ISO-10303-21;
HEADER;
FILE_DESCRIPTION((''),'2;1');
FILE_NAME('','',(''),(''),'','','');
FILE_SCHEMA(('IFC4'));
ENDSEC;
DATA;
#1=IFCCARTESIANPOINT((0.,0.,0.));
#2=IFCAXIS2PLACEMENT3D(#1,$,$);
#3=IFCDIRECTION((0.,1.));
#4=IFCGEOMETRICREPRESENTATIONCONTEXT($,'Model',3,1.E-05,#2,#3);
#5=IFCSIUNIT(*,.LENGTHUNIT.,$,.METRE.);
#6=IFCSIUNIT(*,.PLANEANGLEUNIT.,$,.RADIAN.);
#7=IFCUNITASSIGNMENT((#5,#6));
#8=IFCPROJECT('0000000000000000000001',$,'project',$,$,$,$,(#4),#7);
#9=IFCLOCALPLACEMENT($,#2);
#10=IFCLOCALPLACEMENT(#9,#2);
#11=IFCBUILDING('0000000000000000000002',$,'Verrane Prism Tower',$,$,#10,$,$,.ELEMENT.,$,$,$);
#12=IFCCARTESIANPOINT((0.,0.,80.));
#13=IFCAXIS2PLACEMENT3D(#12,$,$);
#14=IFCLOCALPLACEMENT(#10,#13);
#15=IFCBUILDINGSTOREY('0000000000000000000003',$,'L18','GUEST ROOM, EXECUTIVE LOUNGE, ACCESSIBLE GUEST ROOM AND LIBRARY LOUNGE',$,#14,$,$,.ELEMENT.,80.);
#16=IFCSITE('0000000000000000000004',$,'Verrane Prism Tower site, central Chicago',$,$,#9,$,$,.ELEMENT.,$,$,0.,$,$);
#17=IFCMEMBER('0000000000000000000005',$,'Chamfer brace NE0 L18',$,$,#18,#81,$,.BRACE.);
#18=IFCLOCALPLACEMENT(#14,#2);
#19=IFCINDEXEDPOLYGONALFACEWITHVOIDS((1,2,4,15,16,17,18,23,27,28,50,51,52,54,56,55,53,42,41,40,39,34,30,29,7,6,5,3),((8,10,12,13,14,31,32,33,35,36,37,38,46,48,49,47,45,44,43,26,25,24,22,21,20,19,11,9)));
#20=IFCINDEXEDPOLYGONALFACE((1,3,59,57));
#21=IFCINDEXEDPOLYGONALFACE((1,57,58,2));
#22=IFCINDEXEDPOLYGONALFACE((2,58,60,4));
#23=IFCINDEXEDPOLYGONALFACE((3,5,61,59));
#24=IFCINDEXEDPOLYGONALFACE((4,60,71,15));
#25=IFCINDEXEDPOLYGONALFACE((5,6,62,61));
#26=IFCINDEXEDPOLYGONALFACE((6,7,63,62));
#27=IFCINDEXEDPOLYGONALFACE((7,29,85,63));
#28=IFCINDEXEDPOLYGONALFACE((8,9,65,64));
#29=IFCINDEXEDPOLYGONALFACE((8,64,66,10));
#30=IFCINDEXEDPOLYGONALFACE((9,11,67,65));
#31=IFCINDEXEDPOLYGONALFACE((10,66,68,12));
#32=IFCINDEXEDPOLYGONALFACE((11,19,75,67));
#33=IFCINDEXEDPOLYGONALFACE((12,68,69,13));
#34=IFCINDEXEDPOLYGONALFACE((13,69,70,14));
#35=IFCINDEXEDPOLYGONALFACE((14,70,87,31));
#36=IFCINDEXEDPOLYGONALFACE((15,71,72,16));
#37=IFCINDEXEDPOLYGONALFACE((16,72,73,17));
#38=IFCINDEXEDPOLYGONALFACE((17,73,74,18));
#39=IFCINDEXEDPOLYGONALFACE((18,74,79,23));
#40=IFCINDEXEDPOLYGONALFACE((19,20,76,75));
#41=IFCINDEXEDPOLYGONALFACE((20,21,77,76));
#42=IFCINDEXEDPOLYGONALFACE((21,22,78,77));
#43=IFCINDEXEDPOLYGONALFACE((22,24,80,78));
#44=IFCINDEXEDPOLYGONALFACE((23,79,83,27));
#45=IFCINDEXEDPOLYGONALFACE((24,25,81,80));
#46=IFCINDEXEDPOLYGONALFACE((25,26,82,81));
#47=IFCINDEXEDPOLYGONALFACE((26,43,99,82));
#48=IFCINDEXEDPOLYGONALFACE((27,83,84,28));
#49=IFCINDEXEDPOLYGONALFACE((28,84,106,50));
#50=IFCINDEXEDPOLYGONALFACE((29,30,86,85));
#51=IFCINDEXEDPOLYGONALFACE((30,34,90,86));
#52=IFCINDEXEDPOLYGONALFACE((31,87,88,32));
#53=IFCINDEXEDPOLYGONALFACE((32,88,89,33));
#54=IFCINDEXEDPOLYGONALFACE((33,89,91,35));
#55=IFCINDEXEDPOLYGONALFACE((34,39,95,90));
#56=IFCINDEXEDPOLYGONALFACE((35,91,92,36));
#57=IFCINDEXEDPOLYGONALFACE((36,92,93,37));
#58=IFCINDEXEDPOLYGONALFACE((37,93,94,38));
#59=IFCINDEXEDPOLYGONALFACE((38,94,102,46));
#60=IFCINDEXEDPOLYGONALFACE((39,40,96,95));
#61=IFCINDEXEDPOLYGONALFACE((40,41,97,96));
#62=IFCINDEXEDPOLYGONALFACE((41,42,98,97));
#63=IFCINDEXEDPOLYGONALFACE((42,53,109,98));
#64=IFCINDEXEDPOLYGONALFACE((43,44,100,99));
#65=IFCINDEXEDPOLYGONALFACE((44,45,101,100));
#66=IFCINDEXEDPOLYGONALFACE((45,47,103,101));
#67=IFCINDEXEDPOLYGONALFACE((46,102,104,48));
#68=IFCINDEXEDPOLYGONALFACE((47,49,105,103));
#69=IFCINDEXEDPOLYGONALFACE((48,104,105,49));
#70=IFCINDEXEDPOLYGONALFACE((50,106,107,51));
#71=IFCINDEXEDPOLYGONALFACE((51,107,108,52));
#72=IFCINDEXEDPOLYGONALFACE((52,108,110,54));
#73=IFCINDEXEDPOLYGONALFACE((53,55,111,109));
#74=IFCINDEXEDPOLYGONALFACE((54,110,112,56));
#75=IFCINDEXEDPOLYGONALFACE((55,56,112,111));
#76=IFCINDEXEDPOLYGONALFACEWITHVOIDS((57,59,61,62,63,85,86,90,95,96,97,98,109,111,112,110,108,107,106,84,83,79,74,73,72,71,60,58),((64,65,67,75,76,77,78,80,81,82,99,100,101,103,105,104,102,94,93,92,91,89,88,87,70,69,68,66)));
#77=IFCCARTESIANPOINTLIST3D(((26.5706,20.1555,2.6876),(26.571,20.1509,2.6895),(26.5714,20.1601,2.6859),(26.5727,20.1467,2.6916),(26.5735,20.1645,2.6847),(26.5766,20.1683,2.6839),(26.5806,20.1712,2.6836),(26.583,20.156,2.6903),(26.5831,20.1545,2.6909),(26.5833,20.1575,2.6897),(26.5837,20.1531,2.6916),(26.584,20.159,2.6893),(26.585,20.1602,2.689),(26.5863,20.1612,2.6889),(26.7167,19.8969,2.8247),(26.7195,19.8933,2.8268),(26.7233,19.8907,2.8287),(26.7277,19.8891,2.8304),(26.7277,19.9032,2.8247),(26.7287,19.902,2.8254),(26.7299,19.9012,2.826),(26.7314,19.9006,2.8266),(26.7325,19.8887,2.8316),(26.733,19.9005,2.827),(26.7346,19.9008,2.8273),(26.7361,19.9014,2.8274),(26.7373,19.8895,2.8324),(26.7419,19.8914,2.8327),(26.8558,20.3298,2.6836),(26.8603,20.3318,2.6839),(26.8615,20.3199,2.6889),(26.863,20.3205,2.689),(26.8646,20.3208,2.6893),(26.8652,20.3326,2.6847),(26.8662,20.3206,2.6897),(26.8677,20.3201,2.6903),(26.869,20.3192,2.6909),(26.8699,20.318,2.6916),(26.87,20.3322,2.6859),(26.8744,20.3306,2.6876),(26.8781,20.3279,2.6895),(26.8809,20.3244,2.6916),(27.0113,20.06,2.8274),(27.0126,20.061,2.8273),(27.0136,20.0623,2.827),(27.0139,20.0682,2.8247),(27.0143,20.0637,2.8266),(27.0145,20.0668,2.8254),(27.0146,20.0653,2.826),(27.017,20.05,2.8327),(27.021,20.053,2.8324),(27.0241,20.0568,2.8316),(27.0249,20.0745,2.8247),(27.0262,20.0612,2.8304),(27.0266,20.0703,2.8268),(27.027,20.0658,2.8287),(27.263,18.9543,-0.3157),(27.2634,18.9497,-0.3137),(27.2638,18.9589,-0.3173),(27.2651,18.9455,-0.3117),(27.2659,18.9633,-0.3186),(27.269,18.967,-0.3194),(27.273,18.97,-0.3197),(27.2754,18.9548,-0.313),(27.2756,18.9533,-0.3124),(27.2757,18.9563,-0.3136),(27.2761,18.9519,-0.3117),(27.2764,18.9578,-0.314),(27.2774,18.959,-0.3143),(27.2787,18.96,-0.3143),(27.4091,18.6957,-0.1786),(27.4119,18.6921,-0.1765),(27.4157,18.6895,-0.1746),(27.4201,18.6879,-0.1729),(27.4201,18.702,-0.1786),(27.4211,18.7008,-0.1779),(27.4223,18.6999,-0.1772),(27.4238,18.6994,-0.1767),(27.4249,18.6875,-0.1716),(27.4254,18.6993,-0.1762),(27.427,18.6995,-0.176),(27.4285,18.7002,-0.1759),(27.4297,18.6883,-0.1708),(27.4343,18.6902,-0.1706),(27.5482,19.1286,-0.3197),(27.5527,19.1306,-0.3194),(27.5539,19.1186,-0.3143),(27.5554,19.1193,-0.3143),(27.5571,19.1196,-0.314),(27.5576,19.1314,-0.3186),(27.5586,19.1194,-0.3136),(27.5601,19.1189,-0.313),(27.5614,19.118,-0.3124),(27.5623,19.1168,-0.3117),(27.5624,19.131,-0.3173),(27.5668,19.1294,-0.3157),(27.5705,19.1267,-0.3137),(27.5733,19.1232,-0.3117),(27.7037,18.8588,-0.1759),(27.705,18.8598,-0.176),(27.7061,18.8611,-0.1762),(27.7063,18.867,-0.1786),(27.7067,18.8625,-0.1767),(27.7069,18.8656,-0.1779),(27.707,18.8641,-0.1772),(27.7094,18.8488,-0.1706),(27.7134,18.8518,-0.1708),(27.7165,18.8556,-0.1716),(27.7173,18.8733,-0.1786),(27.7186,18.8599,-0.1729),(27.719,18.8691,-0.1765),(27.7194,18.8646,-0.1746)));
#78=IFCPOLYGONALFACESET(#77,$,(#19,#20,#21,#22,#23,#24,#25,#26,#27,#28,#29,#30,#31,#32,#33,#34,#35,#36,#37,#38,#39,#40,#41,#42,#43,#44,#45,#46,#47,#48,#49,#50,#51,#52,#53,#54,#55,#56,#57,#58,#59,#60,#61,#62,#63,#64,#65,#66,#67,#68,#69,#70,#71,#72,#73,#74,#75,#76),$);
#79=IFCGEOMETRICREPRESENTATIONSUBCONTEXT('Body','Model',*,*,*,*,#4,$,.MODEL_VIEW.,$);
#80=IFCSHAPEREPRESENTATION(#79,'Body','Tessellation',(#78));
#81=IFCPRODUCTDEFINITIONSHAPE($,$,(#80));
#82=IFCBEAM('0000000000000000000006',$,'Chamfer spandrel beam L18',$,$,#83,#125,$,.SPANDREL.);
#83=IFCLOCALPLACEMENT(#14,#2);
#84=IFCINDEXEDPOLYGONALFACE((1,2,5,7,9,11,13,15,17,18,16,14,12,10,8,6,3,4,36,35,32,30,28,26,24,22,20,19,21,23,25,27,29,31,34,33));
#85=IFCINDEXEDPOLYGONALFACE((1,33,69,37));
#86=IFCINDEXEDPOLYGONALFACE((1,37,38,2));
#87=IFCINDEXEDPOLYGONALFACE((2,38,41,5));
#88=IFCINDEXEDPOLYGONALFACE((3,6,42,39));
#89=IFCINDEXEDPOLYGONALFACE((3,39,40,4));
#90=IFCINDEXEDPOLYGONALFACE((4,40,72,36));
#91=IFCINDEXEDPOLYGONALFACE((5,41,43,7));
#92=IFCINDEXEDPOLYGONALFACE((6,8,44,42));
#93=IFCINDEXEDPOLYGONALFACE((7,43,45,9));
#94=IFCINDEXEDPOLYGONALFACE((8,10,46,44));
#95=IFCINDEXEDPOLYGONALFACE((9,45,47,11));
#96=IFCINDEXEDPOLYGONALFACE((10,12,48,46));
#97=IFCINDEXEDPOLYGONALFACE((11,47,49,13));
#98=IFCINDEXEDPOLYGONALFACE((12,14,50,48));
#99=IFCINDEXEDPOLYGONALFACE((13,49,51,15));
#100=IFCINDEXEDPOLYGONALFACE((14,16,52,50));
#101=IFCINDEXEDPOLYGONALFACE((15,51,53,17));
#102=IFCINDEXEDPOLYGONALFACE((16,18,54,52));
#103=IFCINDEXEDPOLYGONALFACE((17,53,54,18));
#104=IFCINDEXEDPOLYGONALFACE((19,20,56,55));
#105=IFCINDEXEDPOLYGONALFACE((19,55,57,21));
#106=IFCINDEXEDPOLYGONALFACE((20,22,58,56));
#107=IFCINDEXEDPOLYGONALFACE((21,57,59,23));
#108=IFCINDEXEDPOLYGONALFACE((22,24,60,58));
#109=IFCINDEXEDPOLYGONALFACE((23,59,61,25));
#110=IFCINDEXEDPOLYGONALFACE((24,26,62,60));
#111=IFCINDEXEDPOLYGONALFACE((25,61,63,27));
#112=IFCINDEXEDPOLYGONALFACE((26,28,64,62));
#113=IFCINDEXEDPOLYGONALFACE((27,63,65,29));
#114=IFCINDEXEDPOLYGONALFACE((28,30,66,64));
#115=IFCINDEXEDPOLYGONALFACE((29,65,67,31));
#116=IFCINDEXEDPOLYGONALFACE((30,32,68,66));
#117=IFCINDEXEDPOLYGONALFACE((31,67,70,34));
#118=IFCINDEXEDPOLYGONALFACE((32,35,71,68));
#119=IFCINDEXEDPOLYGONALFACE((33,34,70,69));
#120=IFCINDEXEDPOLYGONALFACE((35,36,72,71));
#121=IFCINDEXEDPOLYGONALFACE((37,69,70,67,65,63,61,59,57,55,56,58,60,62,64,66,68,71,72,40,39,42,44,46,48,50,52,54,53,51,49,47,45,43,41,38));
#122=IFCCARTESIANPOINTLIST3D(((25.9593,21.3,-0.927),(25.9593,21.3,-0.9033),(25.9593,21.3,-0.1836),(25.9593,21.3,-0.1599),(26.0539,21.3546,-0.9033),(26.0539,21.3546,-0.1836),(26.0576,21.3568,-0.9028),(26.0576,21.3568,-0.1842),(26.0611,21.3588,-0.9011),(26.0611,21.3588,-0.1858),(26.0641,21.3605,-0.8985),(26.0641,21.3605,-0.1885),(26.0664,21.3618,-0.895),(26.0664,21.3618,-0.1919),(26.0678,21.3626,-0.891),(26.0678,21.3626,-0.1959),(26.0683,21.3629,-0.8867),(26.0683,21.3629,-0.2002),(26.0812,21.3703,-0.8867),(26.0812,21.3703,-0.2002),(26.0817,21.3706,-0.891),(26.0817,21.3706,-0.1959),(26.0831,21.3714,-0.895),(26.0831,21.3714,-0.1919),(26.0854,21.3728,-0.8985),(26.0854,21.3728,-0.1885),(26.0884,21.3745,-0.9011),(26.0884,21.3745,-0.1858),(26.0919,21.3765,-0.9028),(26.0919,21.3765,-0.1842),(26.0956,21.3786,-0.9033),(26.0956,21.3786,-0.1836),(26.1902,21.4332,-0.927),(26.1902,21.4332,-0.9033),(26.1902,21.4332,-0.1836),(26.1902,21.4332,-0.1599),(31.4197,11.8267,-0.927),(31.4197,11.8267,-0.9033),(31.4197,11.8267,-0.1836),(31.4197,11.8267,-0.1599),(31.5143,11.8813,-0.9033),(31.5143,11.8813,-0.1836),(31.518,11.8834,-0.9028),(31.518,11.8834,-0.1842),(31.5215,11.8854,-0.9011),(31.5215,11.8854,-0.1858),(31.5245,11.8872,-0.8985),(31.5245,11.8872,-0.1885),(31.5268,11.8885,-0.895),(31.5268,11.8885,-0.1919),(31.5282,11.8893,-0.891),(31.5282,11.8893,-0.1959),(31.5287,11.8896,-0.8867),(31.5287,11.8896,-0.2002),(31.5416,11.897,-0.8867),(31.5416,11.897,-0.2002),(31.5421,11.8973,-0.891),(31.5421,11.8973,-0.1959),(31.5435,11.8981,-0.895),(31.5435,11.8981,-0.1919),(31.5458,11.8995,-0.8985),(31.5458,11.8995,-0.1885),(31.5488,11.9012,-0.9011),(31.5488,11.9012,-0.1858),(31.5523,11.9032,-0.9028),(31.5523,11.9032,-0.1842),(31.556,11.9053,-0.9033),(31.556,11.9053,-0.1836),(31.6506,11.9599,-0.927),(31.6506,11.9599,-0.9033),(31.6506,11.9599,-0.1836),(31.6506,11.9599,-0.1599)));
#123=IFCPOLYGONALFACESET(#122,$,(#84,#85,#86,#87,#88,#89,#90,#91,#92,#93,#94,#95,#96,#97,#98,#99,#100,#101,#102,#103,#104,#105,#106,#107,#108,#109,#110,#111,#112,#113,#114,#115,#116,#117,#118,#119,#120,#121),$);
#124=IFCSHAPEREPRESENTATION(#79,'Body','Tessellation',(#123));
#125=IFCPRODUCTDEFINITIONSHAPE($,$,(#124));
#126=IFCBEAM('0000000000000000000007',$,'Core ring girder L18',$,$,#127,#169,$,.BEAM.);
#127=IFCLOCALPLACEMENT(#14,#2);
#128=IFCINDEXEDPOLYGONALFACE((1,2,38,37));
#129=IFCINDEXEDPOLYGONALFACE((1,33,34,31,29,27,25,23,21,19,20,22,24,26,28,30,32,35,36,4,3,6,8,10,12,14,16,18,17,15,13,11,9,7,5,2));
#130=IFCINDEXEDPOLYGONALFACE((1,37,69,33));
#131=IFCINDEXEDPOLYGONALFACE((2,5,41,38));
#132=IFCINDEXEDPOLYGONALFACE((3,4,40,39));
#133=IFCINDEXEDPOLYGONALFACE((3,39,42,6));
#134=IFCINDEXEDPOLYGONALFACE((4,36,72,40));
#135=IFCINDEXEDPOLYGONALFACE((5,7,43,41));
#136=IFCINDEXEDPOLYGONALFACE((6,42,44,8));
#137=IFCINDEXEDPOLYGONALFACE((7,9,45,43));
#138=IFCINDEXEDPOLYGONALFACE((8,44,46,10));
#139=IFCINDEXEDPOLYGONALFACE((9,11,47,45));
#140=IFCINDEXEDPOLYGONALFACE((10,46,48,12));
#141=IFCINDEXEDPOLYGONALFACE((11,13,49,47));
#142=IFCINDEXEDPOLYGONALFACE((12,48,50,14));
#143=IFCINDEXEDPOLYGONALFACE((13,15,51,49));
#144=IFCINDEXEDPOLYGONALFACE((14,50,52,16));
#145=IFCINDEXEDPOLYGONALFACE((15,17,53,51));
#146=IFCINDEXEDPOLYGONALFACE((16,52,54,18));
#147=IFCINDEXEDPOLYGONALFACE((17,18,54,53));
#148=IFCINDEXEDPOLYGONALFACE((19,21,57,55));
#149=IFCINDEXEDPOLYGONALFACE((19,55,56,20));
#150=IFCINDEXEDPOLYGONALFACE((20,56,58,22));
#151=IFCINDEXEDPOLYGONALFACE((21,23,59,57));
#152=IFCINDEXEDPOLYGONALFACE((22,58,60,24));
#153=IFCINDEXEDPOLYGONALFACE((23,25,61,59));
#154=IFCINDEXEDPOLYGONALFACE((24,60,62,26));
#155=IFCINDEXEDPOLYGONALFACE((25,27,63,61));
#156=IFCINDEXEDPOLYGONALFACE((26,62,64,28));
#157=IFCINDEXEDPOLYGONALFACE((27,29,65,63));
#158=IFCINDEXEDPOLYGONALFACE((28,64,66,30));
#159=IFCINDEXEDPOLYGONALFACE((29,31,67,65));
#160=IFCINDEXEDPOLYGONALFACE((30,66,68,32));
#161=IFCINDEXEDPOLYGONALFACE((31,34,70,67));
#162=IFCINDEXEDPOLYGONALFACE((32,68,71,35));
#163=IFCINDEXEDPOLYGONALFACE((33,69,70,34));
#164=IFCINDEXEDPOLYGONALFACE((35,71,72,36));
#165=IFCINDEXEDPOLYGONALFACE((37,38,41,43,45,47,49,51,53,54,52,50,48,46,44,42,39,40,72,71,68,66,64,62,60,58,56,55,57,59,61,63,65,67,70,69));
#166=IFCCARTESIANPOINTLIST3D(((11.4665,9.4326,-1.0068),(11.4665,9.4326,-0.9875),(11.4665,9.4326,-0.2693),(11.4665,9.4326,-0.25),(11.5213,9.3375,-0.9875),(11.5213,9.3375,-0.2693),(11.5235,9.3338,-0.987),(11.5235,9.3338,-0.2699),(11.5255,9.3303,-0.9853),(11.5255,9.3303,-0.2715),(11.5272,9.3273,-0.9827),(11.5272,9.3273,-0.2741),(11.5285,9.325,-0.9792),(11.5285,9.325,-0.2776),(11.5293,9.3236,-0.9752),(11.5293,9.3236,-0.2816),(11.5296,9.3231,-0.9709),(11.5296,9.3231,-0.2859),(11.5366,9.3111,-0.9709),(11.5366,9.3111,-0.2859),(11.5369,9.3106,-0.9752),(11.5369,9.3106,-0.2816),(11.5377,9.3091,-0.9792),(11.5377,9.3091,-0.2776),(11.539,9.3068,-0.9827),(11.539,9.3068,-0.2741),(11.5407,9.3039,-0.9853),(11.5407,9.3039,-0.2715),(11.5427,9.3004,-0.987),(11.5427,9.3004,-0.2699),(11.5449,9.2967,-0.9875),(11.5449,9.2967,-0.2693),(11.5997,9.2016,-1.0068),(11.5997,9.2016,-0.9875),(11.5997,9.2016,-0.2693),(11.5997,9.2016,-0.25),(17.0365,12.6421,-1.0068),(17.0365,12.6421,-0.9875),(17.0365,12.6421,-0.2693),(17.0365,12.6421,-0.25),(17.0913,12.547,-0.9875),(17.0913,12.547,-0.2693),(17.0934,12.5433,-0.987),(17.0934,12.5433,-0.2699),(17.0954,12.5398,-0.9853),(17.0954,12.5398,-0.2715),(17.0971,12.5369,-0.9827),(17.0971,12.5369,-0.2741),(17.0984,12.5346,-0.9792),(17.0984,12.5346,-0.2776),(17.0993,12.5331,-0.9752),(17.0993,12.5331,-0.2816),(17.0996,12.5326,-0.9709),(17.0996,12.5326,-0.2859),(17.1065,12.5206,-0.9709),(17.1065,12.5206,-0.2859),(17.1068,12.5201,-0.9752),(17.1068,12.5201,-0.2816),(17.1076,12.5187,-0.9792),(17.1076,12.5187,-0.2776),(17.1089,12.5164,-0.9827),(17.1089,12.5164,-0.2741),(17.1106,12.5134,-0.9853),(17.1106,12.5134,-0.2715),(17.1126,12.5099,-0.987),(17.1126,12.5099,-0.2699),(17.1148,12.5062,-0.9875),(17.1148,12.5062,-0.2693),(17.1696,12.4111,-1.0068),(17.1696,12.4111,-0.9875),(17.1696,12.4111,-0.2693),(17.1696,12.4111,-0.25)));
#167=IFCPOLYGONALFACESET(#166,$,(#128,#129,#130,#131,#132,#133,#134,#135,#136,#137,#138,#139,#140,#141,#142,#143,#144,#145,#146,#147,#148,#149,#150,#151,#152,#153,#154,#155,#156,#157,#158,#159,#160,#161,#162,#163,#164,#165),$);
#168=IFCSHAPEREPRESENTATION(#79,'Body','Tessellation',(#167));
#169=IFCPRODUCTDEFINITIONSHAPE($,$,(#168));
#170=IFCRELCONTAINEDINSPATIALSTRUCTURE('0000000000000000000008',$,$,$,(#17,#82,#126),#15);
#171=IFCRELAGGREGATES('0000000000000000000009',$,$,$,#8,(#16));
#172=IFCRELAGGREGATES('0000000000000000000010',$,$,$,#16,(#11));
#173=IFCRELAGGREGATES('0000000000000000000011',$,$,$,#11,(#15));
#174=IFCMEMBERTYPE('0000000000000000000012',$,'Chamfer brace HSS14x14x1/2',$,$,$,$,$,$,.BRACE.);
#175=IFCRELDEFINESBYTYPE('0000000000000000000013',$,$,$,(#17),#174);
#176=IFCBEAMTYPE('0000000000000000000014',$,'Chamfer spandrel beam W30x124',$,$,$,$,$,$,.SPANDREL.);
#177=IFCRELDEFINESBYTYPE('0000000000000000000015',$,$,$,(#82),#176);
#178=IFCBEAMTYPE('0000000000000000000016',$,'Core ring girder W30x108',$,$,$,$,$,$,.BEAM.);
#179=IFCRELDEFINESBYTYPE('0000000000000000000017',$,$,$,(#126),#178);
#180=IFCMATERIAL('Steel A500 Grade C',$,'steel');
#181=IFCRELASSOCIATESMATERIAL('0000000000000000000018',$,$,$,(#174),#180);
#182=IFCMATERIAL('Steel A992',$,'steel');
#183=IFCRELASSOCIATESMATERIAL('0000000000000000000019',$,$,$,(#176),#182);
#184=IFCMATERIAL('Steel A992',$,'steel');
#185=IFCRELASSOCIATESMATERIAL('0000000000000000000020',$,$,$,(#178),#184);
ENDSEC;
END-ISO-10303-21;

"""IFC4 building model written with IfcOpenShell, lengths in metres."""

from ifc_helpers import new_model, si_unit, direction, frame, origin, origin_2d, place, context, subcontext, project, spatial, hollow_rectangle, i_section, extrude, material, material_profile, profile_set, type_object, element, save


model = new_model("IFC4")

# Units and contexts
model_context = context("Model", 3, precision=1e-05, world=origin(), true_north=direction((0.0, 1.0)))
body_context = subcontext(model_context, "Body", "Model", "MODEL_VIEW")
ifc_project = project(units=[si_unit("LENGTHUNIT", "METRE"), si_unit("PLANEANGLEUNIT", "RADIAN")], contexts=[model_context])

# Site, building, storey
site_placement = place(None, origin())
site = spatial("IfcSite", under=ifc_project, at=site_placement, Name="Verrane Prism Tower site, central Chicago", CompositionType="ELEMENT", RefElevation=0.0)
building_placement = place(site_placement, origin())
building = spatial("IfcBuilding", under=site, at=building_placement, Name="Verrane Prism Tower", CompositionType="ELEMENT")
storey_placement = place(building_placement, frame((0.0, 0.0, 80.0)))
storey = spatial("IfcBuildingStorey", under=building, at=storey_placement, Name="L18", Description="GUEST ROOM, EXECUTIVE LOUNGE, ACCESSIBLE GUEST ROOM AND LIBRARY LOUNGE", CompositionType="ELEMENT", Elevation=80.0)

# Member
ifc_material_1 = material(Name="Steel A500 Grade C", Category="steel")
ifc_material_profile_1 = material_profile(ifc_material_1, hollow_rectangle(XDim=0.3557, YDim=0.3557, WallThickness=0.0127, InnerFilletRadius=0.0063, OuterFilletRadius=0.019, at=origin_2d()), Name="HSS14x14x1/2")
ifc_profile_set_1 = profile_set([ifc_material_profile_1], Name="Steel A500 Grade C")
member_type_1 = type_object("IfcMemberType", Name="Chamfer brace HSS14x14x1/2", PredefinedType="BRACE", material=ifc_profile_set_1)
member_1_placement = place(storey_placement, frame((27.4912, 18.9094, -0.2451), z_axis=(-0.209321, 0.363138, 0.907918), x_axis=(-0.866373, -0.499397, 0.0)))
element("IfcMember", 1, at=member_1_placement, inside=storey, type_object=member_type_1, Name="Chamfer brace NE0 L18", PredefinedType="BRACE", context=body_context, shape_type="SweptSolid", body=[
    extrude(hollow_rectangle(XDim=0.3557, YDim=0.3557, WallThickness=0.0127, InnerFilletRadius=0.0063, OuterFilletRadius=0.019, at=origin_2d()), origin(), (0.0, 0.0, 1.0), 3.3079),
])

# Beams
ifc_material_2 = material(Name="Steel A992", Category="steel")
ifc_material_profile_2 = material_profile(ifc_material_2, i_section(OverallWidth=0.2666, OverallDepth=0.7671, WebThickness=0.0149, FlangeThickness=0.0237, FilletRadius=0.0166, at=origin_2d()), Name="W30x124")
ifc_profile_set_2 = profile_set([ifc_material_profile_2], Name="Steel A992")
beam_type_1 = type_object("IfcBeamType", Name="Chamfer spandrel beam W30x124", PredefinedType="SPANDREL", material=ifc_profile_set_2)
beam_1_placement = place(storey_placement, frame((31.5352, 11.8933, -0.5435), z_axis=(-0.499382, 0.866382, 0.0), x_axis=(-0.866382, -0.499382, 0.0)))
element("IfcBeam", 2, at=beam_1_placement, inside=storey, type_object=beam_type_1, Name="Chamfer spandrel beam L18", PredefinedType="SPANDREL", context=body_context, shape_type="SweptSolid", body=[
    extrude(i_section(OverallWidth=0.2666, OverallDepth=0.7671, WebThickness=0.0149, FlangeThickness=0.0237, FilletRadius=0.0166, at=origin_2d()), origin(), (0.0, 0.0, 1.0), 10.9343),
])
ifc_material_3 = material(Name="Steel A992", Category="steel")
ifc_material_profile_3 = material_profile(ifc_material_3, i_section(OverallWidth=0.2666, OverallDepth=0.7568, WebThickness=0.0139, FlangeThickness=0.0193, FilletRadius=0.0166, at=origin_2d()), Name="W30x108")
ifc_profile_set_3 = profile_set([ifc_material_profile_3], Name="Steel A992")
beam_type_2 = type_object("IfcBeamType", Name="Core ring girder W30x108", PredefinedType="BEAM", material=ifc_profile_set_3)
beam_2_placement = place(storey_placement, frame((17.103, 12.5266, -0.6284), z_axis=(-0.866447, -0.499269, 0.0), x_axis=(0.499269, -0.866447, 0.0)))
element("IfcBeam", 3, at=beam_2_placement, inside=storey, type_object=beam_type_2, Name="Core ring girder L18", PredefinedType="BEAM", context=body_context, shape_type="SweptSolid", body=[
    extrude(i_section(OverallWidth=0.2666, OverallDepth=0.7568, WebThickness=0.0139, FlangeThickness=0.0193, FilletRadius=0.0166, at=origin_2d()), origin(), (0.0, 0.0, 1.0), 6.4285),
])

save(model, "model.ifc")
